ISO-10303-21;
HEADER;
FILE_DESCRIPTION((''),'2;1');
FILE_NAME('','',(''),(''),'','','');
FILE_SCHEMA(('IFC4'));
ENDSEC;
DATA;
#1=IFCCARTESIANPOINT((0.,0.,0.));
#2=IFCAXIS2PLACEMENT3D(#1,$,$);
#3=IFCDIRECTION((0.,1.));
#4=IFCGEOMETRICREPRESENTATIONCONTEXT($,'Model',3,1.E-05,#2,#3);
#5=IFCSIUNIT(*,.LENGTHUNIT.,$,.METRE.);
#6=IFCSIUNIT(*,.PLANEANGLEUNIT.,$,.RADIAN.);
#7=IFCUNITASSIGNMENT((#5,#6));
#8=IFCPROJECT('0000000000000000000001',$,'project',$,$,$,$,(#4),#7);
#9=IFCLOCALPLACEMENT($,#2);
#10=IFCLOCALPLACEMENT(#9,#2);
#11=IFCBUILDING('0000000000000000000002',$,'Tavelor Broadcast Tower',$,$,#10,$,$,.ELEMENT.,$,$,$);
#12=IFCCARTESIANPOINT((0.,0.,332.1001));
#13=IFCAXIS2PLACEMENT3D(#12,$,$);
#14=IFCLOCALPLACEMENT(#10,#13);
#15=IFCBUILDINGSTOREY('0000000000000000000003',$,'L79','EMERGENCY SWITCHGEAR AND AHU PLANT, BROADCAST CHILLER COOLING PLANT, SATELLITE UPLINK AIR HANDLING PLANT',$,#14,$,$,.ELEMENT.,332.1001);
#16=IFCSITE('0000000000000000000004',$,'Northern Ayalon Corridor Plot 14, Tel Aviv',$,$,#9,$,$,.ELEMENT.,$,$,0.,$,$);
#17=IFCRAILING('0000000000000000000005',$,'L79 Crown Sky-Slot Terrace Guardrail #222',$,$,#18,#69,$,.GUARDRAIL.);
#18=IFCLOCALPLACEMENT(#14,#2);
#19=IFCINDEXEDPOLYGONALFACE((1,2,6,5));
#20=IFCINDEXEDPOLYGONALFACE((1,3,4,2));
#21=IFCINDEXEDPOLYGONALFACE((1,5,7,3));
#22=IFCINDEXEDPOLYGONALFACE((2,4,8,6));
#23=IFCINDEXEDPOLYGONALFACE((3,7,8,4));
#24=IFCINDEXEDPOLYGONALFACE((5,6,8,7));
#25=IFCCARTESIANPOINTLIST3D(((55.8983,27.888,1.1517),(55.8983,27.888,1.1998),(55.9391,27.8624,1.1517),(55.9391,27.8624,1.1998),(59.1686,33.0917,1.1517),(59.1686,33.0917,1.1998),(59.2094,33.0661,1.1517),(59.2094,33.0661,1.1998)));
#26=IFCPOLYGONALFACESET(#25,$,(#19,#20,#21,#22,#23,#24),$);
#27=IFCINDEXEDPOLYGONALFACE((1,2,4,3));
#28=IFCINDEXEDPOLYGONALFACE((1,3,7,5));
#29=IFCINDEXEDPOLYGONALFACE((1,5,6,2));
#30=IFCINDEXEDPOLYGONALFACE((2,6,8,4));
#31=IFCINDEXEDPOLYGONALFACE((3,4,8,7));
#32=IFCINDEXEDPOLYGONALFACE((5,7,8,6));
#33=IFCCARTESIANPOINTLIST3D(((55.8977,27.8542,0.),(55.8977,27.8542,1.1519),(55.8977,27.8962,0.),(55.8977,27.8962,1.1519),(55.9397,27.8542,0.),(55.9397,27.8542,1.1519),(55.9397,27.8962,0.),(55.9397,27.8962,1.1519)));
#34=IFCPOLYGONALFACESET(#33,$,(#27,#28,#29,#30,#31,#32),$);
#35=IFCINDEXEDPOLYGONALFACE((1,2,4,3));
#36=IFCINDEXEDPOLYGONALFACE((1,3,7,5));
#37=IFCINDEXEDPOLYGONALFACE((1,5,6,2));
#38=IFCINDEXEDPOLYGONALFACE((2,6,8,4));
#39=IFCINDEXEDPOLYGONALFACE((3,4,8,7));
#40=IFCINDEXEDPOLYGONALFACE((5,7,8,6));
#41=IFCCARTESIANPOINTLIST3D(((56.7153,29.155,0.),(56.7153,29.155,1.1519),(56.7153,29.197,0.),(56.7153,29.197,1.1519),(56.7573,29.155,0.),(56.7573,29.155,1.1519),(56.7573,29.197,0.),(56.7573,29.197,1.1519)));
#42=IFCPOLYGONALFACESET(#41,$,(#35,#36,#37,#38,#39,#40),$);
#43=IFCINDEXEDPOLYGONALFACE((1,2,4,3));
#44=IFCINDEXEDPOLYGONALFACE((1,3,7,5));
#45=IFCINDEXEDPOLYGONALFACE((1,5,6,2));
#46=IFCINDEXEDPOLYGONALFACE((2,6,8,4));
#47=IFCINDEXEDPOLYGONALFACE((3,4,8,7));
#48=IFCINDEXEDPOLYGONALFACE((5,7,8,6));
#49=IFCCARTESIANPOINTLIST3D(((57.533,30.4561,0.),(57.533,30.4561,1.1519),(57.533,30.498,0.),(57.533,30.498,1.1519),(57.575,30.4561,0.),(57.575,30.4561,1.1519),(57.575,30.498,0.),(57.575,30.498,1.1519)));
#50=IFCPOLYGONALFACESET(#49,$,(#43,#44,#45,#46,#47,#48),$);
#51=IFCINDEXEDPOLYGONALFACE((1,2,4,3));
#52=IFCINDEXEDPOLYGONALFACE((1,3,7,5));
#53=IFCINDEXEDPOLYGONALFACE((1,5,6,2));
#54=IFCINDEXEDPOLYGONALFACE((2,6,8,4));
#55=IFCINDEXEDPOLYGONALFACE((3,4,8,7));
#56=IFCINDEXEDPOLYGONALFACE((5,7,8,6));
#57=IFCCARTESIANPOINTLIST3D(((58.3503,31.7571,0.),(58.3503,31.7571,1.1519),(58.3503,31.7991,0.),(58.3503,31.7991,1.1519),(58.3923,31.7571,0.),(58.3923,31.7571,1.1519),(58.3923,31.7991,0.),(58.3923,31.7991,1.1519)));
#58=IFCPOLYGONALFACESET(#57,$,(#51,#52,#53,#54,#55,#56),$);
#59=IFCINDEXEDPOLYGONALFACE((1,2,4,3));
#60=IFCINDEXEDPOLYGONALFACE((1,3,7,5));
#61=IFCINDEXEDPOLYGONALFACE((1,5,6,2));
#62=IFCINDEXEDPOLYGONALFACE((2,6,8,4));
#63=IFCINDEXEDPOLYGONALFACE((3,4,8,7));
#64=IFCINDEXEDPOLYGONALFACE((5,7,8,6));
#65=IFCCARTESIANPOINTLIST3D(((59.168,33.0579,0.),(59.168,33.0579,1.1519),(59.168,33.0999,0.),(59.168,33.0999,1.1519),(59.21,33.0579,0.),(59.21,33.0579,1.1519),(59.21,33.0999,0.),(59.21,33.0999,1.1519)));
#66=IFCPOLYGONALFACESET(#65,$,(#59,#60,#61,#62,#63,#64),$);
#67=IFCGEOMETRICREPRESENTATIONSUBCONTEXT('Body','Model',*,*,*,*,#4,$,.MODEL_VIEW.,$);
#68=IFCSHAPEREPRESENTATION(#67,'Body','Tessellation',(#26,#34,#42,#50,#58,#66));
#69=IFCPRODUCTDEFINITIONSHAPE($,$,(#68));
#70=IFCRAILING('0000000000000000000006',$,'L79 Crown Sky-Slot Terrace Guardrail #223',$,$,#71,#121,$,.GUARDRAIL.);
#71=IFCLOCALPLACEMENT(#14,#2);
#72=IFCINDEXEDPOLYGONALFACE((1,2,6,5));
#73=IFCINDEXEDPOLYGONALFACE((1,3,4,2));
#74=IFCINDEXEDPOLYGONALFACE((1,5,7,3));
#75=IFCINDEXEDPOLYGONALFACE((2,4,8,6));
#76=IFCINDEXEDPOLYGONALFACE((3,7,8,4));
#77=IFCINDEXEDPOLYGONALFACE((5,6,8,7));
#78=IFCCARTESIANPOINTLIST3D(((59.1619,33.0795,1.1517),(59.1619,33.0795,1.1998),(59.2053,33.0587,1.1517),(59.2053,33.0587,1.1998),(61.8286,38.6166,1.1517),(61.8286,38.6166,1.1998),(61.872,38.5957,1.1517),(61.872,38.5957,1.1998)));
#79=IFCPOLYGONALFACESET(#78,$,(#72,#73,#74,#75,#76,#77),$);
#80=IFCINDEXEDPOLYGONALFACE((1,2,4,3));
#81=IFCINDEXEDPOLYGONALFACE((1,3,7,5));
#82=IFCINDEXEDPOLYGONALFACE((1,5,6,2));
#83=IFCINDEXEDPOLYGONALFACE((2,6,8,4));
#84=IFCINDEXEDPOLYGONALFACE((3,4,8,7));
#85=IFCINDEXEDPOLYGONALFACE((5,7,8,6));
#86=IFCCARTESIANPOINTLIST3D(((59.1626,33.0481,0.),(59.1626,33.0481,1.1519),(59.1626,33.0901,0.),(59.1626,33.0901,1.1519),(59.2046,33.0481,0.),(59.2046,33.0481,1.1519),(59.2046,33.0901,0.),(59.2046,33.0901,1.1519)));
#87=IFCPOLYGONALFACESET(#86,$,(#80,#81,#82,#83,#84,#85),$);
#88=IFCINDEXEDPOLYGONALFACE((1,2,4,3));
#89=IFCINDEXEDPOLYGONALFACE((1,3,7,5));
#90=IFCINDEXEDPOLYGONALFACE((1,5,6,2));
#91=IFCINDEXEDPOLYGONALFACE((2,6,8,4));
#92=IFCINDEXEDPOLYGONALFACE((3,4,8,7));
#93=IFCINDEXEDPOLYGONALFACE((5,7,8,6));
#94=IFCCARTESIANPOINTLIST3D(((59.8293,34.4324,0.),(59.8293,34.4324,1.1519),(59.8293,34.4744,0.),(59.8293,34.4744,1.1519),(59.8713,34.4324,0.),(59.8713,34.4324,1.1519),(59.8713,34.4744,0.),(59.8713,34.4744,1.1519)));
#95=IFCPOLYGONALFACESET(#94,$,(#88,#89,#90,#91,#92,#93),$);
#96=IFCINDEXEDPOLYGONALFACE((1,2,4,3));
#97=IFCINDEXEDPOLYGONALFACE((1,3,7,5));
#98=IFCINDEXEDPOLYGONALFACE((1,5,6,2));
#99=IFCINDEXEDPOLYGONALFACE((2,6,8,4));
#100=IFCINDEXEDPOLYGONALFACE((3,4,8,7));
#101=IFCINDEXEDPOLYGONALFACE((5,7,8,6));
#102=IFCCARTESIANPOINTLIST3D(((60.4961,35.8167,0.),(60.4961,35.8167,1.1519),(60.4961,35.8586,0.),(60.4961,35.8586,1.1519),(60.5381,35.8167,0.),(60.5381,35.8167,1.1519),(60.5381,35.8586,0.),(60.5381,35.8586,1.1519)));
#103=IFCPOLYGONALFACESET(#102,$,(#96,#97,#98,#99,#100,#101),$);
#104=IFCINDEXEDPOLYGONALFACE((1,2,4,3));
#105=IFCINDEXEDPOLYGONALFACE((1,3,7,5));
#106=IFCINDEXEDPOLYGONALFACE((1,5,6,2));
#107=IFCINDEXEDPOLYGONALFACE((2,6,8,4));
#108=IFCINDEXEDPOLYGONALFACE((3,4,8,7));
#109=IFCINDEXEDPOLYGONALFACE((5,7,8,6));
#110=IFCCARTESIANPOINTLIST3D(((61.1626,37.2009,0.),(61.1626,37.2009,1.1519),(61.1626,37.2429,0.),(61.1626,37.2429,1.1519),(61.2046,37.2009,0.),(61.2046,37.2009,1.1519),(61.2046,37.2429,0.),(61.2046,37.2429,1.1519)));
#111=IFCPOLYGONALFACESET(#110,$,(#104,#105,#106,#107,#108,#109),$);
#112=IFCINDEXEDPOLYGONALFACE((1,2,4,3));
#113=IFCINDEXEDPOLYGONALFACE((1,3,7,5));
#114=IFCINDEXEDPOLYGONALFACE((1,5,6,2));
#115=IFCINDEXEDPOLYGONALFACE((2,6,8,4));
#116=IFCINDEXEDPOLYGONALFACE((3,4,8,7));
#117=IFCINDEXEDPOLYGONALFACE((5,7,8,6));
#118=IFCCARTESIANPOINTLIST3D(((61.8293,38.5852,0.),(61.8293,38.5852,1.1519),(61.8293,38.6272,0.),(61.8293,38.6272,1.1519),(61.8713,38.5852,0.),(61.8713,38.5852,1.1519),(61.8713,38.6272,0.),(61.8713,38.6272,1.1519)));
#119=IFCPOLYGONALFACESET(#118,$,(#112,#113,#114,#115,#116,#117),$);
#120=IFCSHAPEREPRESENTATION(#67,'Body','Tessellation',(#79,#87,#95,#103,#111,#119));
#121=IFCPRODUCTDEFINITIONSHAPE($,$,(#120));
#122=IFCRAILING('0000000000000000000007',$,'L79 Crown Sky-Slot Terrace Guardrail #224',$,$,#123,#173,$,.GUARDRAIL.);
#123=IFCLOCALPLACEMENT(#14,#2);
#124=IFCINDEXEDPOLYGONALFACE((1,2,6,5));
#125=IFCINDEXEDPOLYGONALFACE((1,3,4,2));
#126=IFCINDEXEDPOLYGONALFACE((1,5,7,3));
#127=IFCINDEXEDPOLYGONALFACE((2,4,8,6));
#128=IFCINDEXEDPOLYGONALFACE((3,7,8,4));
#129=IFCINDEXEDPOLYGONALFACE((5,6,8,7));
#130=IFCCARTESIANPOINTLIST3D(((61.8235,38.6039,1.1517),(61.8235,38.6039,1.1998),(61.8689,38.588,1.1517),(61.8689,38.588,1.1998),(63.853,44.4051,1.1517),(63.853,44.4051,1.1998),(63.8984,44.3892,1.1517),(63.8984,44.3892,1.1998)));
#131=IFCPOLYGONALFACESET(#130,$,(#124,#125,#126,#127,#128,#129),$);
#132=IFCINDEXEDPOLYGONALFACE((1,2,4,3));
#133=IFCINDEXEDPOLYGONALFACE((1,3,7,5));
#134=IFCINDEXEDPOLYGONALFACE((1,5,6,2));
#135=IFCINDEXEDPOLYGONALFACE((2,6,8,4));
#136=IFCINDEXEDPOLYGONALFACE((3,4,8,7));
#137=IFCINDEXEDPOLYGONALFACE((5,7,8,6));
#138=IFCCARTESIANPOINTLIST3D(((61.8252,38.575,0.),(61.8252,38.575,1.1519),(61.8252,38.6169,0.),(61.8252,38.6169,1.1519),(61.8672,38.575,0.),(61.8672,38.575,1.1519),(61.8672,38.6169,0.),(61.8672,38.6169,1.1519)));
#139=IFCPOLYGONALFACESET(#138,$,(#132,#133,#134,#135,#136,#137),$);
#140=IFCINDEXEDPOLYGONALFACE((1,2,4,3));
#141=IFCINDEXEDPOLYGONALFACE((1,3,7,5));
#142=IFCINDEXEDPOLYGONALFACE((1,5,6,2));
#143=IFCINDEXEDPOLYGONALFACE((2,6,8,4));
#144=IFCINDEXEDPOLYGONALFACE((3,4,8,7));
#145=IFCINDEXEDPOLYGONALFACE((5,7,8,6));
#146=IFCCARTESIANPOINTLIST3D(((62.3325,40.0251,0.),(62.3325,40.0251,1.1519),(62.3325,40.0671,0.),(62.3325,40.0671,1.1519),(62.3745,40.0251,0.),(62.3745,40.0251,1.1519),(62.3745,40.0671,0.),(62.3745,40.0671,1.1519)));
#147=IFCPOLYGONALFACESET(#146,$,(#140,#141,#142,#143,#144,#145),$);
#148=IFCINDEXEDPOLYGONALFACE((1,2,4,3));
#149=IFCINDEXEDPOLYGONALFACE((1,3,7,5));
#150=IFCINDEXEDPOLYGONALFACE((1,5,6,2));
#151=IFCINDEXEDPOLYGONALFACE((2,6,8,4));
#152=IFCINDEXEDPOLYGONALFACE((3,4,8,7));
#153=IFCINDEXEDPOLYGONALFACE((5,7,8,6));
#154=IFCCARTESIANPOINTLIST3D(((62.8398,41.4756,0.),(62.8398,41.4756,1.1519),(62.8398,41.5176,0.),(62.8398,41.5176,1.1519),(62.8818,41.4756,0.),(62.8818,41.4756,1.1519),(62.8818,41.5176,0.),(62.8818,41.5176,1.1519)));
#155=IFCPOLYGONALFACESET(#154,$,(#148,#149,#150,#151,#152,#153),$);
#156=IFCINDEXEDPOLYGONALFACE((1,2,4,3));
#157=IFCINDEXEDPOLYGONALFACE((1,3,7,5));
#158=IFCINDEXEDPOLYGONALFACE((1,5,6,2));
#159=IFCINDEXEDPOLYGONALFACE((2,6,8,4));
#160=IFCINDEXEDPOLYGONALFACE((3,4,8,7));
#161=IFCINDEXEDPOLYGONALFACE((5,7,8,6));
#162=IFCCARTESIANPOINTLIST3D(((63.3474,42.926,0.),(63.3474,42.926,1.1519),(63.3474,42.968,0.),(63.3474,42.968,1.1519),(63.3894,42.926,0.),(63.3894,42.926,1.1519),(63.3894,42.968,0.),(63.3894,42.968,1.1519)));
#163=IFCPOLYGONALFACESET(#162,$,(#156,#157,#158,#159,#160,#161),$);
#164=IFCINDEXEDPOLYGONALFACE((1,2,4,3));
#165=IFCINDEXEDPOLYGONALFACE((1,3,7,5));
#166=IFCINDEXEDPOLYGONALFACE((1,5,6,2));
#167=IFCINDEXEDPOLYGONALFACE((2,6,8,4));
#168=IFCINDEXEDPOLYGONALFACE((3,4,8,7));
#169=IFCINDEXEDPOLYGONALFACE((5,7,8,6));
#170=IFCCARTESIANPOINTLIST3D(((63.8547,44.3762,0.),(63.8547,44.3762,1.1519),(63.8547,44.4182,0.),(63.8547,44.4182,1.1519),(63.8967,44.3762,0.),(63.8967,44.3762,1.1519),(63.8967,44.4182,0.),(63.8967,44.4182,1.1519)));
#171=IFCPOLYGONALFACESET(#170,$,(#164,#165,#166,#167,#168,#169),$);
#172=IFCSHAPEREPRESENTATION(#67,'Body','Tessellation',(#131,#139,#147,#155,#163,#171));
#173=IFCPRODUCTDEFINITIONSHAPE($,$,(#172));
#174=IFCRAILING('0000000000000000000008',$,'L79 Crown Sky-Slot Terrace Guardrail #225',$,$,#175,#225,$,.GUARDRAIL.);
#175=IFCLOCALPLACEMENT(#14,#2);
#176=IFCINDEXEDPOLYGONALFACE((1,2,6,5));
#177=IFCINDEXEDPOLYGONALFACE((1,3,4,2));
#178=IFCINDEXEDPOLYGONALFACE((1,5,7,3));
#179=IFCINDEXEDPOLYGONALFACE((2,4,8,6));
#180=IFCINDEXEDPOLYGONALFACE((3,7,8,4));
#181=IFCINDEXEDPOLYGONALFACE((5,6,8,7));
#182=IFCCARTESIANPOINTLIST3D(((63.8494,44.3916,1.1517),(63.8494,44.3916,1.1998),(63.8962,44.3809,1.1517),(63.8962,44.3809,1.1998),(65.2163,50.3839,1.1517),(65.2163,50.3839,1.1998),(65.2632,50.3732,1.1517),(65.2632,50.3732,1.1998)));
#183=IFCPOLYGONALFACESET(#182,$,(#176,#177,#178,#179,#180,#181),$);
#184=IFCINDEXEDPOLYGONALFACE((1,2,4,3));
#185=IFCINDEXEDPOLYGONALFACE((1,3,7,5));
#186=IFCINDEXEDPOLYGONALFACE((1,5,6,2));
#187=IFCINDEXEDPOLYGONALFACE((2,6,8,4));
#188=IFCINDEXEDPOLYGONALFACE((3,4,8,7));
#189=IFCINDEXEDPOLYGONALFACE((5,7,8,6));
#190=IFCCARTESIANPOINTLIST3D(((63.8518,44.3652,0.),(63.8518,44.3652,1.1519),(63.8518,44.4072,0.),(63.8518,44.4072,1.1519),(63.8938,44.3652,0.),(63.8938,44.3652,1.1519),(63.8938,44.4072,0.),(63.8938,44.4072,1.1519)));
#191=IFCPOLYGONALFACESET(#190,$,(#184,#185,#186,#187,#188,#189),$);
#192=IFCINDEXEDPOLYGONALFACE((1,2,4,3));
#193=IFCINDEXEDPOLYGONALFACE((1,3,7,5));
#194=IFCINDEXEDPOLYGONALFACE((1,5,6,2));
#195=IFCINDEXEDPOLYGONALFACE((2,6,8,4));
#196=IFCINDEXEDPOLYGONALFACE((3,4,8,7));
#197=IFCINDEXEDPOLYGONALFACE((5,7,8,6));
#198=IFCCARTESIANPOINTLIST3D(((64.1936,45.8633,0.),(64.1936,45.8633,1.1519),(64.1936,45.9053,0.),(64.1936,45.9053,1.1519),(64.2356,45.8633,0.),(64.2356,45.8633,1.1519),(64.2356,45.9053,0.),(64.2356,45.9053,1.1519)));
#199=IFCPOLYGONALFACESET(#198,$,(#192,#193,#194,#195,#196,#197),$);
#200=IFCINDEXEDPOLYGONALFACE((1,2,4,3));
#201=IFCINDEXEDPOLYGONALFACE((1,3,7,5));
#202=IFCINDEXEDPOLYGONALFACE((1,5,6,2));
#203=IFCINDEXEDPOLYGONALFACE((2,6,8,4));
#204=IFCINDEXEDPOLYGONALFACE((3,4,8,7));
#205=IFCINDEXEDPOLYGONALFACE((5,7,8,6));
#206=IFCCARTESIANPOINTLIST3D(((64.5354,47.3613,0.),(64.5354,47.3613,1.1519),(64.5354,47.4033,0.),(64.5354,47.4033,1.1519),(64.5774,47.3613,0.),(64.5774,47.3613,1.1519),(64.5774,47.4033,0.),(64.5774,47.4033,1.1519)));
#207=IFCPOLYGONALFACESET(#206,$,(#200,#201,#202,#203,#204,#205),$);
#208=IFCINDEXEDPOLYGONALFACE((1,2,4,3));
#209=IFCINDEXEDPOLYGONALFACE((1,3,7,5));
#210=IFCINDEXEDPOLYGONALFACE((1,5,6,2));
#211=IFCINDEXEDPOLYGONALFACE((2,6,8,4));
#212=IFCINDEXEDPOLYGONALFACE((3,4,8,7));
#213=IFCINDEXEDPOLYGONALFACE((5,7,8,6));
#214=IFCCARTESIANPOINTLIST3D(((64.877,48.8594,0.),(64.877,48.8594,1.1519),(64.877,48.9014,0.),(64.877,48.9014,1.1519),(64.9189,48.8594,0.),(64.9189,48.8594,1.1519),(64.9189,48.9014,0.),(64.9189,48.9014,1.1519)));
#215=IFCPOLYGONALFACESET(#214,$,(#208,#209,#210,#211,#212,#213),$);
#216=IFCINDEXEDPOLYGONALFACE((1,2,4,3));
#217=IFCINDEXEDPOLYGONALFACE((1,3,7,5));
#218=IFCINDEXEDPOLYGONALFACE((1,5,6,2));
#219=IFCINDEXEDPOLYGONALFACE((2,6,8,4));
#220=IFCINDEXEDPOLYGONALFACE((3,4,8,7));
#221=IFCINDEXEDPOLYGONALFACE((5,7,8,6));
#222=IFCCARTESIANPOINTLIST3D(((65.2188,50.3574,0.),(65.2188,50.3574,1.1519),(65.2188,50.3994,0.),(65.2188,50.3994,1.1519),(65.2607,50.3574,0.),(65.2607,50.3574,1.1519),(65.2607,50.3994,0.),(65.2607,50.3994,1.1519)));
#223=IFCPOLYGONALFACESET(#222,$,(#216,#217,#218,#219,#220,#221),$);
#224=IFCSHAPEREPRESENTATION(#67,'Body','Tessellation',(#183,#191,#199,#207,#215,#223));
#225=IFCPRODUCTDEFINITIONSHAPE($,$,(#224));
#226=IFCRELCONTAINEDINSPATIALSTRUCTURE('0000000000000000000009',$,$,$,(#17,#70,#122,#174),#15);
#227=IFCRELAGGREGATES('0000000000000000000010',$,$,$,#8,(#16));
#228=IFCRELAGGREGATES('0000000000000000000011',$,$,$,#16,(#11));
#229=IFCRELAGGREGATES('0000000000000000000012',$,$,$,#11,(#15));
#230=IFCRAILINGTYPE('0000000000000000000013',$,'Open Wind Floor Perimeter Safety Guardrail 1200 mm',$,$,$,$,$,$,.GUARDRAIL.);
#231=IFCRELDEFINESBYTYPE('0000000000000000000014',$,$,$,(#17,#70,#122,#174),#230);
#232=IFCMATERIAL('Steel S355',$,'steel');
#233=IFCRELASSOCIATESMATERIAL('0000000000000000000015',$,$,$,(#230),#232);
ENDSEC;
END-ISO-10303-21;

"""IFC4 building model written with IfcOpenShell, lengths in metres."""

from ifc_helpers import new_model, si_unit, direction, frame, origin, origin_2d, place, context, subcontext, project, spatial, rectangle, extrude, material, type_object, element, save


model = new_model("IFC4")

# Units and contexts
model_context = context("Model", 3, precision=1e-05, world=origin(), true_north=direction((0.0, 1.0)))
body_context = subcontext(model_context, "Body", "Model", "MODEL_VIEW")
ifc_project = project(units=[si_unit("LENGTHUNIT", "METRE"), si_unit("PLANEANGLEUNIT", "RADIAN")], contexts=[model_context])

# Site, building, storey
site_placement = place(None, origin())
site = spatial("IfcSite", under=ifc_project, at=site_placement, Name="Northern Ayalon Corridor Plot 14, Tel Aviv", CompositionType="ELEMENT", RefElevation=0.0)
building_placement = place(site_placement, origin())
building = spatial("IfcBuilding", under=site, at=building_placement, Name="Tavelor Broadcast Tower", CompositionType="ELEMENT")
storey_placement = place(building_placement, frame((0.0, 0.0, 332.1001)))
storey = spatial("IfcBuildingStorey", under=building, at=storey_placement, Name="L79", Description="EMERGENCY SWITCHGEAR AND AHU PLANT, BROADCAST CHILLER COOLING PLANT, SATELLITE UPLINK AIR HANDLING PLANT", CompositionType="ELEMENT", Elevation=332.1001)

# Shared definitions
ifc_material_1 = material(Name="Steel S355", Category="steel")

# Railings
railing_type_1 = type_object("IfcRailingType", Name="Open Wind Floor Perimeter Safety Guardrail 1200 mm", PredefinedType="GUARDRAIL", material=ifc_material_1)
railing_1_placement = place(storey_placement, frame((55.9187, 27.8752, 0.0)))
element("IfcRailing", 1, at=railing_1_placement, inside=storey, type_object=railing_type_1, Name="L79 Crown Sky-Slot Terrace Guardrail #222", PredefinedType="GUARDRAIL", context=body_context, shape_type="SweptSolid", body=[
    extrude(rectangle(XDim=0.0481, YDim=0.0481, at=origin_2d()), frame((0.0, 0.0, 1.1758), z_axis=(0.532104, 0.846679, 0.0), x_axis=(-0.846679, 0.532104, 0.0)), (0.0, 0.0, 1.0), 6.146),
    extrude(rectangle(XDim=0.042, YDim=0.042, at=origin_2d()), origin(), (0.0, 0.0, 1.0), 1.1519),
    extrude(rectangle(XDim=0.042, YDim=0.042, at=origin_2d()), frame((0.8176, 1.3008, 0.0)), (0.0, 0.0, 1.0), 1.1519),
    extrude(rectangle(XDim=0.042, YDim=0.042, at=origin_2d()), frame((1.6353, 2.6018, 0.0)), (0.0, 0.0, 1.0), 1.1519),
    extrude(rectangle(XDim=0.042, YDim=0.042, at=origin_2d()), frame((2.4526, 3.9028, 0.0)), (0.0, 0.0, 1.0), 1.1519),
    extrude(rectangle(XDim=0.042, YDim=0.042, at=origin_2d()), frame((3.2703, 5.2036, 0.0)), (0.0, 0.0, 1.0), 1.1519),
])
railing_2_placement = place(storey_placement, frame((59.1836, 33.0691, 0.0)))
element("IfcRailing", 2, at=railing_2_placement, inside=storey, type_object=railing_type_1, Name="L79 Crown Sky-Slot Terrace Guardrail #223", PredefinedType="GUARDRAIL", context=body_context, shape_type="SweptSolid", body=[
    extrude(rectangle(XDim=0.0481, YDim=0.0481, at=origin_2d()), frame((0.0, 0.0, 1.1758), z_axis=(0.433912, 0.900955, 0.0), x_axis=(-0.900955, 0.433912, 0.0)), (0.0, 0.0, 1.0), 6.1458),
    extrude(rectangle(XDim=0.042, YDim=0.042, at=origin_2d()), origin(), (0.0, 0.0, 1.0), 1.1519),
    extrude(rectangle(XDim=0.042, YDim=0.042, at=origin_2d()), frame((0.6667, 1.3843, 0.0)), (0.0, 0.0, 1.0), 1.1519),
    extrude(rectangle(XDim=0.042, YDim=0.042, at=origin_2d()), frame((1.3335, 2.7686, 0.0)), (0.0, 0.0, 1.0), 1.1519),
    extrude(rectangle(XDim=0.042, YDim=0.042, at=origin_2d()), frame((2.0, 4.1528, 0.0)), (0.0, 0.0, 1.0), 1.1519),
    extrude(rectangle(XDim=0.042, YDim=0.042, at=origin_2d()), frame((2.6667, 5.5371, 0.0)), (0.0, 0.0, 1.0), 1.1519),
])
railing_3_placement = place(storey_placement, frame((61.8462, 38.5959, 0.0)))
element("IfcRailing", 3, at=railing_3_placement, inside=storey, type_object=railing_type_1, Name="L79 Crown Sky-Slot Terrace Guardrail #224", PredefinedType="GUARDRAIL", context=body_context, shape_type="SweptSolid", body=[
    extrude(rectangle(XDim=0.0481, YDim=0.0481, at=origin_2d()), frame((0.0, 0.0, 1.1758), z_axis=(0.330219, 0.943904, 0.0), x_axis=(-0.943904, 0.330219, 0.0)), (0.0, 0.0, 1.0), 6.146),
    extrude(rectangle(XDim=0.042, YDim=0.042, at=origin_2d()), origin(), (0.0, 0.0, 1.0), 1.1519),
    extrude(rectangle(XDim=0.042, YDim=0.042, at=origin_2d()), frame((0.5073, 1.4502, 0.0)), (0.0, 0.0, 1.0), 1.1519),
    extrude(rectangle(XDim=0.042, YDim=0.042, at=origin_2d()), frame((1.0146, 2.9006, 0.0)), (0.0, 0.0, 1.0), 1.1519),
    extrude(rectangle(XDim=0.042, YDim=0.042, at=origin_2d()), frame((1.5222, 4.3511, 0.0)), (0.0, 0.0, 1.0), 1.1519),
    extrude(rectangle(XDim=0.042, YDim=0.042, at=origin_2d()), frame((2.0295, 5.8013, 0.0)), (0.0, 0.0, 1.0), 1.1519),
])
railing_4_placement = place(storey_placement, frame((63.8728, 44.3862, 0.0)))
element("IfcRailing", 4, at=railing_4_placement, inside=storey, type_object=railing_type_1, Name="L79 Crown Sky-Slot Terrace Guardrail #225", PredefinedType="GUARDRAIL", context=body_context, shape_type="SweptSolid", body=[
    extrude(rectangle(XDim=0.0481, YDim=0.0481, at=origin_2d()), frame((0.0, 0.0, 1.1758), z_axis=(0.222407, 0.974954, 0.0), x_axis=(-0.974954, 0.222407, 0.0)), (0.0, 0.0, 1.0), 6.1462),
    extrude(rectangle(XDim=0.042, YDim=0.042, at=origin_2d()), origin(), (0.0, 0.0, 1.0), 1.1519),
    extrude(rectangle(XDim=0.042, YDim=0.042, at=origin_2d()), frame((0.3418, 1.498, 0.0)), (0.0, 0.0, 1.0), 1.1519),
    extrude(rectangle(XDim=0.042, YDim=0.042, at=origin_2d()), frame((0.6836, 2.9961, 0.0)), (0.0, 0.0, 1.0), 1.1519),
    extrude(rectangle(XDim=0.042, YDim=0.042, at=origin_2d()), frame((1.0251, 4.4941, 0.0)), (0.0, 0.0, 1.0), 1.1519),
    extrude(rectangle(XDim=0.042, YDim=0.042, at=origin_2d()), frame((1.3669, 5.9922, 0.0)), (0.0, 0.0, 1.0), 1.1519),
])

save(model, "model.ifc")
